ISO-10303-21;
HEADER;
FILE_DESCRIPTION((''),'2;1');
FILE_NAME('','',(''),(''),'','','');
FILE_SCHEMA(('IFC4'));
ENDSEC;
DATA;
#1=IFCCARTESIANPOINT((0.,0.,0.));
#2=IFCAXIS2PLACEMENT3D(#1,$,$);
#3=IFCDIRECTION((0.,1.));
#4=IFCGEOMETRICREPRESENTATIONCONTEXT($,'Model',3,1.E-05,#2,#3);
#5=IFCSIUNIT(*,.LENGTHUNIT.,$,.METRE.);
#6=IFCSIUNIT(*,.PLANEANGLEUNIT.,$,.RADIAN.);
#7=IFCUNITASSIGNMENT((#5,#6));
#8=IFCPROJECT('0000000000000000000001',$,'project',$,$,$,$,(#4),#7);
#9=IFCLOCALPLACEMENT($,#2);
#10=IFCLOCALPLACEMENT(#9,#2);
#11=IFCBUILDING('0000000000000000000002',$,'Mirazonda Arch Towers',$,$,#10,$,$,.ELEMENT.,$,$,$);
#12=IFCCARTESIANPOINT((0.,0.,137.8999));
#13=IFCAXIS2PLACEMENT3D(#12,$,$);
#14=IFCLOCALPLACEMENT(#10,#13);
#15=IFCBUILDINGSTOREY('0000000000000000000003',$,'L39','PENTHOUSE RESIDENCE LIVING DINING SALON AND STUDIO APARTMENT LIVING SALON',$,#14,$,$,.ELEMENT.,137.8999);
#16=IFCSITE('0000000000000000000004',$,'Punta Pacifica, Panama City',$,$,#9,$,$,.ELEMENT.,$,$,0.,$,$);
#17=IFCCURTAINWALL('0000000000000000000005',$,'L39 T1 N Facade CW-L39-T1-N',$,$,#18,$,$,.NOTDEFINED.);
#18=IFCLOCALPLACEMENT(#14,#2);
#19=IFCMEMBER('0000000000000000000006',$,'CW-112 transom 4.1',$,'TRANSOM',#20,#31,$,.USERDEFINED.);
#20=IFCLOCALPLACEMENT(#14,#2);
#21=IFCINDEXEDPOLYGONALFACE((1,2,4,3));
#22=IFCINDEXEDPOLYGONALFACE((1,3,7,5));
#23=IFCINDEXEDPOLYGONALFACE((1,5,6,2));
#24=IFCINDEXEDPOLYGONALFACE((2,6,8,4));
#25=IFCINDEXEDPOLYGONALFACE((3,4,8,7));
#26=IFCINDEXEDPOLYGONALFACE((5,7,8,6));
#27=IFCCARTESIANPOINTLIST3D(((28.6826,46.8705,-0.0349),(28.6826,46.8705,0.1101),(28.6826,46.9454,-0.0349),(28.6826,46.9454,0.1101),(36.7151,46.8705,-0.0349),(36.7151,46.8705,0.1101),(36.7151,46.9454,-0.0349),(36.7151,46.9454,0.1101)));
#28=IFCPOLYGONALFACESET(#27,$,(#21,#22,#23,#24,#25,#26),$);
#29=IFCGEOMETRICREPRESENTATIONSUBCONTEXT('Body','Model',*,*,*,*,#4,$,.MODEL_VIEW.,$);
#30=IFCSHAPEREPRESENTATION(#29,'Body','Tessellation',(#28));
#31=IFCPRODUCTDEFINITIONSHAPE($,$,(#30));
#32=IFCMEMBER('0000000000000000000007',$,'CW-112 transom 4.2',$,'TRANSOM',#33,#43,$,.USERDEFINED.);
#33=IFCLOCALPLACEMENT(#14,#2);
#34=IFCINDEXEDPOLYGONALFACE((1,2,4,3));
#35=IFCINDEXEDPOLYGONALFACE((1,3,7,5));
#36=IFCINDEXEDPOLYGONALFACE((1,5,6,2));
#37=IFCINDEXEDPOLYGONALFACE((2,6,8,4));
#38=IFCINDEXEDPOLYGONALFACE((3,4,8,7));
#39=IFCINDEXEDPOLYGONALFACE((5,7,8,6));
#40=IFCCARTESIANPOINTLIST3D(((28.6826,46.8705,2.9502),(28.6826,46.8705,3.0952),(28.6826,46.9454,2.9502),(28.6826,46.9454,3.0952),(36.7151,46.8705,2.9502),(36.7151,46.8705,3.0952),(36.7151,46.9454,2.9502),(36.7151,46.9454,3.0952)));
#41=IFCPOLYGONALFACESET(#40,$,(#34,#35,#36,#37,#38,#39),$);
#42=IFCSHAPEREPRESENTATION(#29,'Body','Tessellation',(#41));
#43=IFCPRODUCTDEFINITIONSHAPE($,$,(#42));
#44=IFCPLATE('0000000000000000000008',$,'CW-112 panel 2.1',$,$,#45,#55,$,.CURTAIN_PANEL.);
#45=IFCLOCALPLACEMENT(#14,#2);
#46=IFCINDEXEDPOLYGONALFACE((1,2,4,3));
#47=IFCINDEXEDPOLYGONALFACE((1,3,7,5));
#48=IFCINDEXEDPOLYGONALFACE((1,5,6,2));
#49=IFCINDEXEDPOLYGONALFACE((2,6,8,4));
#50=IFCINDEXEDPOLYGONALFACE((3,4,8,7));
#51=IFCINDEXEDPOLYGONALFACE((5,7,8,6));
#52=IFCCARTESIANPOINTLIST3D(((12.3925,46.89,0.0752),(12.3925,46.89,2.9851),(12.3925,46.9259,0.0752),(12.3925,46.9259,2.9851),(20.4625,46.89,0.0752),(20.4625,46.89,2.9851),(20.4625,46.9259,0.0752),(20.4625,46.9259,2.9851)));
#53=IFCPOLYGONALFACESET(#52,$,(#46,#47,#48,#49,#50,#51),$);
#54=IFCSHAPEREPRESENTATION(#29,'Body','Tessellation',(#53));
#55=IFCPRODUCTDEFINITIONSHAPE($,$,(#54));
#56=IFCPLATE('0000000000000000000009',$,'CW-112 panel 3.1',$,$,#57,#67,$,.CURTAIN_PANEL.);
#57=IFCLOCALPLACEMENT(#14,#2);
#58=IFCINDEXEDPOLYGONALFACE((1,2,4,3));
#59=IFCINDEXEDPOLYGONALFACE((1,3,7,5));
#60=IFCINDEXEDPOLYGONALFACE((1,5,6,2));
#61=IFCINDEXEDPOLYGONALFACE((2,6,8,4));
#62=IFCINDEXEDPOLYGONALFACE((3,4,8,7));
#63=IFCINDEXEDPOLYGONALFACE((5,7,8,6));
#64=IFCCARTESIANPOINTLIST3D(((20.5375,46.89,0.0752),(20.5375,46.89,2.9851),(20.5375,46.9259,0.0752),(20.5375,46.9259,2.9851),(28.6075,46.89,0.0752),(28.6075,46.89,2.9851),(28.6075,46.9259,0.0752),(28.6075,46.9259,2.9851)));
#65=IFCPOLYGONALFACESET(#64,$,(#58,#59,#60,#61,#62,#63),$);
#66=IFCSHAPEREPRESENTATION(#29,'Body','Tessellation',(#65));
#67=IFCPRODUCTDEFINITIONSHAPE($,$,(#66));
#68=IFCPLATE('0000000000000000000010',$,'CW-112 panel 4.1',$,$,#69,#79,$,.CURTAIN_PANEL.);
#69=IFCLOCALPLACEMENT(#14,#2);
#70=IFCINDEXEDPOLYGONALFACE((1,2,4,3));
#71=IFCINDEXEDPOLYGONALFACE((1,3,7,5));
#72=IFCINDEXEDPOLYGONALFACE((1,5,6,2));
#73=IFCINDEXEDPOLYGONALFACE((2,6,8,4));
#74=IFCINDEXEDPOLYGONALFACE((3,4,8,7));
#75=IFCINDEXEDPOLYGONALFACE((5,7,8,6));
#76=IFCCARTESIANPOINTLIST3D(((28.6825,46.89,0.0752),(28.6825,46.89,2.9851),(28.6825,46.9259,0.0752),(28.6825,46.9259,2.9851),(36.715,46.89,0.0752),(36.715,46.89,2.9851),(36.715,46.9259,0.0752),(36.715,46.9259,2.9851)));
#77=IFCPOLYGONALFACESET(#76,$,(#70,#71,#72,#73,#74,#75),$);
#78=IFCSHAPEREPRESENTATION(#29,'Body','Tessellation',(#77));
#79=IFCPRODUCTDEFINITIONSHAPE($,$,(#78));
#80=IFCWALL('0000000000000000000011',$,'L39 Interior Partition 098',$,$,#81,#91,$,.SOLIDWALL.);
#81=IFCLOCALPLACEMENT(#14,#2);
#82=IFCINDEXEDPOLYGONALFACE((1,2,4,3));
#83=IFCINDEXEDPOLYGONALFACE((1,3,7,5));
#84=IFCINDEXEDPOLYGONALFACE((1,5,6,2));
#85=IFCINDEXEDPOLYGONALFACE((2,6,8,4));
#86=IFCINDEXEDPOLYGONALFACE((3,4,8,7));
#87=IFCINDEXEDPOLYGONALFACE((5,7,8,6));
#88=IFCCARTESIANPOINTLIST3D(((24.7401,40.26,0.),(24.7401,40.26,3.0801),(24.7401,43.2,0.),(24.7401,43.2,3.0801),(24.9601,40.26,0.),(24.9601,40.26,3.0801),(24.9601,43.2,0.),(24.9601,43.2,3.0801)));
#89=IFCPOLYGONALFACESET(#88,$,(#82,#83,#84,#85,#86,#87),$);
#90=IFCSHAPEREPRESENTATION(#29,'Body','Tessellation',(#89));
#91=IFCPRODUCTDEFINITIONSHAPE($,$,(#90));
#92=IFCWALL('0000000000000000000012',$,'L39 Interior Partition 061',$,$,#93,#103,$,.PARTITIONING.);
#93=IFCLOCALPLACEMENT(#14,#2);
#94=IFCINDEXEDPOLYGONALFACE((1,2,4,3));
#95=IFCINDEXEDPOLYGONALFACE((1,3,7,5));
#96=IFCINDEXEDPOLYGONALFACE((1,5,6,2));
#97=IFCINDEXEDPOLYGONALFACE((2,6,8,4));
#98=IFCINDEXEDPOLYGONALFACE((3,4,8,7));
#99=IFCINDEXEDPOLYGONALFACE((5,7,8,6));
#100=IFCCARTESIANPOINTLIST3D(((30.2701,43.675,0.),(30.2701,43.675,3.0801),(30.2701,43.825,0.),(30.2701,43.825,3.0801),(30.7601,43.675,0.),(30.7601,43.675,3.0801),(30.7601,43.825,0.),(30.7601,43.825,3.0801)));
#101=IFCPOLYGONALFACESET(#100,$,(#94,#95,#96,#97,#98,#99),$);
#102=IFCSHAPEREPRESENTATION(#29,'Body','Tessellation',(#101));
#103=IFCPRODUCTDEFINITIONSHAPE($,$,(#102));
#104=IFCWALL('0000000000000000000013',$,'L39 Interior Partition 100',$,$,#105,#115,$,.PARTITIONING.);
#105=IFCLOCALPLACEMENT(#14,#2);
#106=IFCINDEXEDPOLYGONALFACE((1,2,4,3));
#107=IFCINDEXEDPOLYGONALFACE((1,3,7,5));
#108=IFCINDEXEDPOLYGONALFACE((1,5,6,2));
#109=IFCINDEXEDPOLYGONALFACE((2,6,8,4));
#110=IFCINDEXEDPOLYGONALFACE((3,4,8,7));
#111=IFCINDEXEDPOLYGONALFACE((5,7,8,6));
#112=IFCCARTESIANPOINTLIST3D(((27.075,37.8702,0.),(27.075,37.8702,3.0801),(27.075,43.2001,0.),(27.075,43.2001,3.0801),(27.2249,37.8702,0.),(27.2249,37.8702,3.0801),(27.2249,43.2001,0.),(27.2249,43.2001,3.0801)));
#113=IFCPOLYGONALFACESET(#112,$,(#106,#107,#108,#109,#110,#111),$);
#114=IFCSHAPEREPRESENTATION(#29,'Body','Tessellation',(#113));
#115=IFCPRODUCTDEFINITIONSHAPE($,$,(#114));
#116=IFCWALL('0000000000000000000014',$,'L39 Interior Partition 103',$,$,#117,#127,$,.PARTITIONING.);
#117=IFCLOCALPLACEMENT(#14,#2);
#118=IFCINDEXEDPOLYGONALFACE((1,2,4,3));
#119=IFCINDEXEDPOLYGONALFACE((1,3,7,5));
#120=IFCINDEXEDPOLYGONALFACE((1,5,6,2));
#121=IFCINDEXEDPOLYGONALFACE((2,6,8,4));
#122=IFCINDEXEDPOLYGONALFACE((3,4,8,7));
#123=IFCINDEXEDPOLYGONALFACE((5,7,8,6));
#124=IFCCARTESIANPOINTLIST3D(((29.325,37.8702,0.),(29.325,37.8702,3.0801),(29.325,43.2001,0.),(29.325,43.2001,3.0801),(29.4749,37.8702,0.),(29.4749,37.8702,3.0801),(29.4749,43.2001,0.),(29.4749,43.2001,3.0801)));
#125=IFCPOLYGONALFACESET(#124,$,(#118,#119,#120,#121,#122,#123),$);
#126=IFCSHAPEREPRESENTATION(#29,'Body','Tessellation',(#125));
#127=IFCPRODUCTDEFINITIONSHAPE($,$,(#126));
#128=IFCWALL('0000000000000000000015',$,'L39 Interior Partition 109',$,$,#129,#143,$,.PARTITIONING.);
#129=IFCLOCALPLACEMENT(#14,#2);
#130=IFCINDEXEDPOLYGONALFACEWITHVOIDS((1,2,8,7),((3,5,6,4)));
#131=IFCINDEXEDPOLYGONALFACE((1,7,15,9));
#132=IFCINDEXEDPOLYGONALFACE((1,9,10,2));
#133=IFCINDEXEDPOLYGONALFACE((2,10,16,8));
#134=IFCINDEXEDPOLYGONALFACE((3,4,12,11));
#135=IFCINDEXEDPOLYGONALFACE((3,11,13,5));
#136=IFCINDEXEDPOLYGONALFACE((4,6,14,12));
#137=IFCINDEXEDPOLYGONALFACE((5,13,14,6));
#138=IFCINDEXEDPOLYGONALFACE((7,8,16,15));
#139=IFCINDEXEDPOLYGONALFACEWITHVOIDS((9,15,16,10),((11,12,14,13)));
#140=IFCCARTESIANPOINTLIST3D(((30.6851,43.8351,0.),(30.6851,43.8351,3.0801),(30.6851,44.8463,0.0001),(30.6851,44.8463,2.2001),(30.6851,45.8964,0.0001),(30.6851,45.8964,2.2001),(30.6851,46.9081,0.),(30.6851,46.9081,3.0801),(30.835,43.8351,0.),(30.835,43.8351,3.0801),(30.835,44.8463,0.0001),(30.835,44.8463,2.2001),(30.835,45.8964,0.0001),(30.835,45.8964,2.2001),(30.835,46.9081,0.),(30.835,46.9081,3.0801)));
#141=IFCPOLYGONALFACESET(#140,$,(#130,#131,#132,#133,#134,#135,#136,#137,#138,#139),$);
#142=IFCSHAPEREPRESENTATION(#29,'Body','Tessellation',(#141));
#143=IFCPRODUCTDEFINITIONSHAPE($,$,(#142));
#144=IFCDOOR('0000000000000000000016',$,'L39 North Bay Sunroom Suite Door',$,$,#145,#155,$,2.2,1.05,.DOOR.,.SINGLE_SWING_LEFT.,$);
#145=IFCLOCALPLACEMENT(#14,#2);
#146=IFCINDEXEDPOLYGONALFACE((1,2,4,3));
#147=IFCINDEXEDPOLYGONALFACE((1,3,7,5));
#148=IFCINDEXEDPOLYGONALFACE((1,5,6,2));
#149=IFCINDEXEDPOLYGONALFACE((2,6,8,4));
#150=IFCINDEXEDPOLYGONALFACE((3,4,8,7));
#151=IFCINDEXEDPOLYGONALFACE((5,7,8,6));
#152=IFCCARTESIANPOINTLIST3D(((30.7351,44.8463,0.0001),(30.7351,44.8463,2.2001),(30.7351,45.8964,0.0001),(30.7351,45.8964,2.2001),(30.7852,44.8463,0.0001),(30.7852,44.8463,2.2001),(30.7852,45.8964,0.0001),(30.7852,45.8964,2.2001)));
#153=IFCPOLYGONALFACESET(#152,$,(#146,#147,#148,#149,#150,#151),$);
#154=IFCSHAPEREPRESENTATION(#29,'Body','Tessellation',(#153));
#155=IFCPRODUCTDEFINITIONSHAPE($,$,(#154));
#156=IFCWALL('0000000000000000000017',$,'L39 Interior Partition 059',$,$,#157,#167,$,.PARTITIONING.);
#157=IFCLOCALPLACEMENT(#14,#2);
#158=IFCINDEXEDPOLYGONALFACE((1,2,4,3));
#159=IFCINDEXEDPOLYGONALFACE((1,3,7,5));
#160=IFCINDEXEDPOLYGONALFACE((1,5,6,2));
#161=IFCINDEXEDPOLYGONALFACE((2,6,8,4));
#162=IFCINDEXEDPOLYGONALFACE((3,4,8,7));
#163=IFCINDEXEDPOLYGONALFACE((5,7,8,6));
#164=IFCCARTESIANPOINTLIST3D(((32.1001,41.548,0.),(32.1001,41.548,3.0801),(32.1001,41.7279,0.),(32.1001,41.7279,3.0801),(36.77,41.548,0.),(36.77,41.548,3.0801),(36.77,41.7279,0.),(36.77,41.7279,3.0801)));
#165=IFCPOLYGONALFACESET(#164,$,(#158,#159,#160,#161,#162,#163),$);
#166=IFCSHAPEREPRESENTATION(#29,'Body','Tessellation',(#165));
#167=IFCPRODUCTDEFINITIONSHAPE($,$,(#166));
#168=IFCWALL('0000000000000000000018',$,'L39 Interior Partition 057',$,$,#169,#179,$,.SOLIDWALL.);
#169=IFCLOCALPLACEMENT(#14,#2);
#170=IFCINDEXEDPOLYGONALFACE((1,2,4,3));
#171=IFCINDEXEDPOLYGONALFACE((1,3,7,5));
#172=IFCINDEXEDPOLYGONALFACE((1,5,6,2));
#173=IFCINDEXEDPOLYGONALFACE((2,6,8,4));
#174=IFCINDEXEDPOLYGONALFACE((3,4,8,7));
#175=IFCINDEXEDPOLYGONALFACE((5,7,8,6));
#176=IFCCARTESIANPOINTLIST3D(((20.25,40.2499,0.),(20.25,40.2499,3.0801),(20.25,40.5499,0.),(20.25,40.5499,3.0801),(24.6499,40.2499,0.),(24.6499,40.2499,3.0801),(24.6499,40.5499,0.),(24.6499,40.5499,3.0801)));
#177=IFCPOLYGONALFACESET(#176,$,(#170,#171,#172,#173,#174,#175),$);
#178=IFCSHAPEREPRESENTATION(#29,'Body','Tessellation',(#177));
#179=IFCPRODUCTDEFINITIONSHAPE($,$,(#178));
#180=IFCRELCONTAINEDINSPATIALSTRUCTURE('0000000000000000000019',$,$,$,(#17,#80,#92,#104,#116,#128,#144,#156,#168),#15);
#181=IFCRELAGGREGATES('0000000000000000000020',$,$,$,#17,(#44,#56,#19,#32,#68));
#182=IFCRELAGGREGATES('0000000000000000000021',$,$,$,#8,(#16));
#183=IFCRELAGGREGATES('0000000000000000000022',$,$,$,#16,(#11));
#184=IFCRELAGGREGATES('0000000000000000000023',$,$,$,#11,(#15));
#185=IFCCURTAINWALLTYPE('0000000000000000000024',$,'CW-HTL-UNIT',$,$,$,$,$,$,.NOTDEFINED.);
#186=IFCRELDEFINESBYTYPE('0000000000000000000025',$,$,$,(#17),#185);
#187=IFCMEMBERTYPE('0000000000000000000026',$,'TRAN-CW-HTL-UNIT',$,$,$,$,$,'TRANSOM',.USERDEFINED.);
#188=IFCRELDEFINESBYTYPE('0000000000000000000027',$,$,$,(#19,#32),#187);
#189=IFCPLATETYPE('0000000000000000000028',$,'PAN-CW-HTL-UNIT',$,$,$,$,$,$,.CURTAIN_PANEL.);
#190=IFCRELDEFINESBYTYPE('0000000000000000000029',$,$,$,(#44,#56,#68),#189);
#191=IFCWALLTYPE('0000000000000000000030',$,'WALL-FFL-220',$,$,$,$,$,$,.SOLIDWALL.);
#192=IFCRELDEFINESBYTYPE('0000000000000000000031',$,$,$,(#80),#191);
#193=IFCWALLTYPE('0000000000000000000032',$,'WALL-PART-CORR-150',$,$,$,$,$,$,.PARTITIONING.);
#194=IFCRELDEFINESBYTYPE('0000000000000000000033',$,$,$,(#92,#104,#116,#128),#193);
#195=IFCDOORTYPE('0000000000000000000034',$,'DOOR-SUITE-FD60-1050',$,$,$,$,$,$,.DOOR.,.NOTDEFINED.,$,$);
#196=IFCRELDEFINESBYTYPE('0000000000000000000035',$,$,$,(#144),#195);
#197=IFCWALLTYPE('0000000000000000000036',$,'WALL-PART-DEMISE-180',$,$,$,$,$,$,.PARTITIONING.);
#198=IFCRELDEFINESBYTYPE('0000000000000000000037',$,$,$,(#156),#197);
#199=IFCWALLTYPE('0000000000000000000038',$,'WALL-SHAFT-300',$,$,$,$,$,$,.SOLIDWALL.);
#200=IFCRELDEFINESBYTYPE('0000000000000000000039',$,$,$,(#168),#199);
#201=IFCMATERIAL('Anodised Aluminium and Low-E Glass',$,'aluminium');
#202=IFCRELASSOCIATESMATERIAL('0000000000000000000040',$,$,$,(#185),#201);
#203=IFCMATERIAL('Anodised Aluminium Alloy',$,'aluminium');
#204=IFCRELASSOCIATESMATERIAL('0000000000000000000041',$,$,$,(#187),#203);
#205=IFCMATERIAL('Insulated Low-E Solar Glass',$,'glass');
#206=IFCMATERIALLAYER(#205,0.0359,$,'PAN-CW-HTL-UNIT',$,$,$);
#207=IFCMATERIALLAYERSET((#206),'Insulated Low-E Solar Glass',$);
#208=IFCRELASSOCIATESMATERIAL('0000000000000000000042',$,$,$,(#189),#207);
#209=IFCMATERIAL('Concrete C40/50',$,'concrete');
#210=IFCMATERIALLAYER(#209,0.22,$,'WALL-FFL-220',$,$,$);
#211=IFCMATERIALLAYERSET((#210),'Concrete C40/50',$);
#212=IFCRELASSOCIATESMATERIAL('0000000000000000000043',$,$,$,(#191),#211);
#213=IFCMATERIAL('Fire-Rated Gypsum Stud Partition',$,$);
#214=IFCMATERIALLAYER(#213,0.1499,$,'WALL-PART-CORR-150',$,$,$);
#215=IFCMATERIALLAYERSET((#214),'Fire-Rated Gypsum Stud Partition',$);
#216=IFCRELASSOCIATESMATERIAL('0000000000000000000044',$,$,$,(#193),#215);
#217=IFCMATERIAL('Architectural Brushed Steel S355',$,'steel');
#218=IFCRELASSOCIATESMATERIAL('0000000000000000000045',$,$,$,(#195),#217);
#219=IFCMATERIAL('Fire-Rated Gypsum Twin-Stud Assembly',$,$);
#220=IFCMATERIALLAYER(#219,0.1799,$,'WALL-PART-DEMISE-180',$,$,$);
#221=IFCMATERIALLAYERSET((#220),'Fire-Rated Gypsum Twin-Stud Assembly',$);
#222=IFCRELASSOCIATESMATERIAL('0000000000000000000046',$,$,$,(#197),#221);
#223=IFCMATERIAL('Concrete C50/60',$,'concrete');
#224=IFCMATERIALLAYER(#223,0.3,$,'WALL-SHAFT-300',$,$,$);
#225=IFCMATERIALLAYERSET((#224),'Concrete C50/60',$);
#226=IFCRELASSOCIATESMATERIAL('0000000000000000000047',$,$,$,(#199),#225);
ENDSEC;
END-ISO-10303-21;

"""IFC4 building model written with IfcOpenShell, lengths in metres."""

from ifc_helpers import new_model, si_unit, direction, frame, frame_2d, origin, origin_2d, place, context, subcontext, project, spatial, rectangle, extrude, material, layer, layer_set, material_profile, profile_set, type_object, element, fill, aggregate, save


model = new_model("IFC4")

# Units and contexts
model_context = context("Model", 3, precision=1e-05, world=origin(), true_north=direction((0.0, 1.0)))
body_context = subcontext(model_context, "Body", "Model", "MODEL_VIEW")
ifc_project = project(units=[si_unit("LENGTHUNIT", "METRE"), si_unit("PLANEANGLEUNIT", "RADIAN")], contexts=[model_context])

# Site, building, storey
site_placement = place(None, origin())
site = spatial("IfcSite", under=ifc_project, at=site_placement, Name="Punta Pacifica, Panama City", CompositionType="ELEMENT", RefElevation=0.0)
building_placement = place(site_placement, origin())
building = spatial("IfcBuilding", under=site, at=building_placement, Name="Mirazonda Arch Towers", CompositionType="ELEMENT")
storey_placement = place(building_placement, frame((0.0, 0.0, 137.8999)))
storey = spatial("IfcBuildingStorey", under=building, at=storey_placement, Name="L39", Description="PENTHOUSE RESIDENCE LIVING DINING SALON AND STUDIO APARTMENT LIVING SALON", CompositionType="ELEMENT", Elevation=137.8999)

# Shared definitions
ifc_material_1 = material(Name="Concrete C50/60", Category="concrete")

# Curtain wall, members, plates
ifc_material_2 = material(Name="Anodised Aluminium and Low-E Glass", Category="aluminium")
curtain_wall_type = type_object("IfcCurtainWallType", Name="CW-HTL-UNIT", PredefinedType="NOTDEFINED", material=ifc_material_2)
curtain_wall_placement = place(storey_placement, origin())
curtain_wall = element("IfcCurtainWall", 1, at=curtain_wall_placement, inside=storey, type_object=curtain_wall_type, Name="L39 T1 N Facade CW-L39-T1-N", PredefinedType="NOTDEFINED")
ifc_material_3 = material(Name="Anodised Aluminium Alloy", Category="aluminium")
ifc_material_profile_1 = material_profile(ifc_material_3, rectangle(XDim=0.075, YDim=0.145, at=origin_2d()), Name="ALU-TRAN-75x145")
ifc_profile_set_1 = profile_set([ifc_material_profile_1], Name="Anodised Aluminium Alloy")
member_type_1 = type_object("IfcMemberType", Name="TRAN-CW-HTL-UNIT", ElementType="TRANSOM", PredefinedType="USERDEFINED", material=ifc_profile_set_1)
member_1_placement = place(storey_placement, frame((28.6826, 46.908, 0.0376), z_axis=(1.0, 0.0, 0.0), x_axis=(0.0, 1.0, 0.0)))
member_1 = element("IfcMember", 2, at=member_1_placement, type_object=member_type_1, Name="CW-112 transom 4.1", ObjectType="TRANSOM", PredefinedType="USERDEFINED", context=body_context, shape_type="SweptSolid", body=[
    extrude(rectangle(XDim=0.075, YDim=0.145, at=origin_2d()), origin(), (0.0, 0.0, 1.0), 8.0325),
])
member_2_placement = place(storey_placement, frame((28.6826, 46.908, 3.0227), z_axis=(1.0, 0.0, 0.0), x_axis=(0.0, 1.0, 0.0)))
member_2 = element("IfcMember", 3, at=member_2_placement, type_object=member_type_1, Name="CW-112 transom 4.2", ObjectType="TRANSOM", PredefinedType="USERDEFINED", context=body_context, shape_type="SweptSolid", body=[
    extrude(rectangle(XDim=0.075, YDim=0.145, at=origin_2d()), origin(), (0.0, 0.0, 1.0), 8.0325),
])
ifc_material_4 = material(Name="Insulated Low-E Solar Glass", Category="glass")
ifc_layer_1 = layer(ifc_material_4, 0.0359, Name="PAN-CW-HTL-UNIT")
ifc_layer_set_1 = layer_set([ifc_layer_1], Name="Insulated Low-E Solar Glass")
plate_type = type_object("IfcPlateType", Name="PAN-CW-HTL-UNIT", PredefinedType="CURTAIN_PANEL", material=ifc_layer_set_1)
plate_1_placement = place(storey_placement, frame((16.4275, 46.908, 0.0752), z_axis=(0.0, 0.0, 1.0), x_axis=(1.0, 0.0, 0.0)))
plate_1 = element("IfcPlate", 4, at=plate_1_placement, type_object=plate_type, Name="CW-112 panel 2.1", PredefinedType="CURTAIN_PANEL", context=body_context, shape_type="SweptSolid", body=[
    extrude(rectangle(XDim=8.0701, YDim=0.0359, at=origin_2d()), origin(), (0.0, 0.0, 1.0), 2.9099),
])
plate_2_placement = place(storey_placement, frame((24.5725, 46.908, 0.0752), z_axis=(0.0, 0.0, 1.0), x_axis=(1.0, 0.0, 0.0)))
plate_2 = element("IfcPlate", 5, at=plate_2_placement, type_object=plate_type, Name="CW-112 panel 3.1", PredefinedType="CURTAIN_PANEL", context=body_context, shape_type="SweptSolid", body=[
    extrude(rectangle(XDim=8.0701, YDim=0.0359, at=origin_2d()), origin(), (0.0, 0.0, 1.0), 2.9099),
])
plate_3_placement = place(storey_placement, frame((32.6987, 46.908, 0.0752), z_axis=(0.0, 0.0, 1.0), x_axis=(1.0, 0.0, 0.0)))
plate_3 = element("IfcPlate", 6, at=plate_3_placement, type_object=plate_type, Name="CW-112 panel 4.1", PredefinedType="CURTAIN_PANEL", context=body_context, shape_type="SweptSolid", body=[
    extrude(rectangle(XDim=8.0325, YDim=0.0359, at=origin_2d()), origin(), (0.0, 0.0, 1.0), 2.9099),
])
aggregate(curtain_wall, [plate_1, plate_2, member_1, member_2, plate_3])

# Walls
ifc_material_5 = material(Name="Concrete C40/50", Category="concrete")
ifc_layer_2 = layer(ifc_material_5, 0.22, Name="WALL-FFL-220")
ifc_layer_set_2 = layer_set([ifc_layer_2], Name="Concrete C40/50")
wall_type_1 = type_object("IfcWallType", Name="WALL-FFL-220", PredefinedType="SOLIDWALL", material=ifc_layer_set_2)
wall_1_placement = place(storey_placement, frame((24.8501, 40.26, 0.0), z_axis=(0.0, 0.0, 1.0), x_axis=(0.0, 1.0, 0.0)))
element("IfcWall", 7, at=wall_1_placement, inside=storey, type_object=wall_type_1, Name="L39 Interior Partition 098", PredefinedType="SOLIDWALL", context=body_context, shape_type="SweptSolid", body=[
    extrude(rectangle(XDim=2.9399, YDim=0.22, at=frame_2d((1.47, 0.0))), origin(), (0.0, 0.0, 1.0), 3.0801),
])
ifc_material_6 = material(Name="Fire-Rated Gypsum Stud Partition")
ifc_layer_3 = layer(ifc_material_6, 0.1499, Name="WALL-PART-CORR-150")
ifc_layer_set_3 = layer_set([ifc_layer_3], Name="Fire-Rated Gypsum Stud Partition")
wall_type_2 = type_object("IfcWallType", Name="WALL-PART-CORR-150", PredefinedType="PARTITIONING", material=ifc_layer_set_3)
wall_2_placement = place(storey_placement, frame((30.27, 43.75, 0.0), z_axis=(0.0, 0.0, 1.0), x_axis=(1.0, 0.0, 0.0)))
element("IfcWall", 8, at=wall_2_placement, inside=storey, type_object=wall_type_2, Name="L39 Interior Partition 061", PredefinedType="PARTITIONING", context=body_context, shape_type="SweptSolid", body=[
    extrude(rectangle(XDim=0.49, YDim=0.1499, at=frame_2d((0.2451, 0.0))), origin(), (0.0, 0.0, 1.0), 3.0801),
])
for number, where, z_axis, x_axis, name in (
    (9, (27.1499, 37.8701, 0.0), (0.0, 0.0, 1.0), (0.0, 1.0, 0.0), "L39 Interior Partition 100"),
    (10, (29.3999, 37.8701, 0.0), (0.0, 0.0, 1.0), (0.0, 1.0, 0.0), "L39 Interior Partition 103"),
):
    element("IfcWall", number, at=place(storey_placement, frame(where, z_axis=z_axis, x_axis=x_axis)), inside=storey, type_object=wall_type_2, Name=name, PredefinedType="PARTITIONING", context=body_context, shape_type="SweptSolid", body=[
        extrude(rectangle(XDim=5.3298, YDim=0.1499, at=frame_2d((2.665, 0.0))), origin(), (0.0, 0.0, 1.0), 3.0801),
    ])

# Wall, opening, door
wall_3_placement = place(storey_placement, frame((30.76, 43.835, 0.0), z_axis=(0.0, 0.0, 1.0), x_axis=(0.0, 1.0, 0.0)))
wall_3 = element("IfcWall", 11, at=wall_3_placement, inside=storey, type_object=wall_type_2, Name="L39 Interior Partition 109", PredefinedType="PARTITIONING", context=body_context, shape_type="SweptSolid", body=[
    extrude(rectangle(XDim=3.073, YDim=0.1499, at=frame_2d((1.5366, 0.0))), origin(), (0.0, 0.0, 1.0), 3.0801),
])
opening_1_placement = place(wall_3_placement, frame((1.0115, 0.0, 0.0)))
opening_1 = element("IfcOpeningElement", 12, at=opening_1_placement, cuts=wall_3, PredefinedType="OPENING", context=body_context, shape_type="SweptSolid", body=[
    extrude(rectangle(XDim=1.05, YDim=2.2, at=frame_2d((0.5249, 1.1001))), frame((0.0, 0.085, 0.0), z_axis=(0.0, -1.0, 0.0), x_axis=(1.0, 0.0, 0.0)), (0.0, 0.0, 1.0), 0.1699),
])
ifc_material_7 = material(Name="Architectural Brushed Steel S355", Category="steel")
door_type_1 = type_object("IfcDoorType", Name="DOOR-SUITE-FD60-1050", OperationType="NOTDEFINED", PredefinedType="DOOR", material=ifc_material_7)
door_1_placement = place(opening_1_placement, origin())
door_1 = element("IfcDoor", 13, at=door_1_placement, inside=storey, type_object=door_type_1, Name="L39 North Bay Sunroom Suite Door", OperationType="SINGLE_SWING_LEFT", OverallHeight=2.2, OverallWidth=1.05, PredefinedType="DOOR", context=body_context, shape_type="SweptSolid", body=[
    extrude(rectangle(XDim=1.05, YDim=2.2, at=frame_2d((0.5249, 1.1001))), frame((0.0, 0.0249, 0.0), z_axis=(0.0, -1.0, 0.0), x_axis=(1.0, 0.0, 0.0)), (0.0, 0.0, 1.0), 0.05),
])
fill(opening_1, door_1)

# Wall
ifc_material_8 = material(Name="Fire-Rated Gypsum Twin-Stud Assembly")
ifc_layer_4 = layer(ifc_material_8, 0.1799, Name="WALL-PART-DEMISE-180")
ifc_layer_set_4 = layer_set([ifc_layer_4], Name="Fire-Rated Gypsum Twin-Stud Assembly")
wall_type_3 = type_object("IfcWallType", Name="WALL-PART-DEMISE-180", PredefinedType="PARTITIONING", material=ifc_layer_set_4)
wall_4_placement = place(storey_placement, frame((32.1001, 41.6379, 0.0), z_axis=(0.0, 0.0, 1.0), x_axis=(1.0, 0.0, 0.0)))
element("IfcWall", 14, at=wall_4_placement, inside=storey, type_object=wall_type_3, Name="L39 Interior Partition 059", PredefinedType="PARTITIONING", context=body_context, shape_type="SweptSolid", body=[
    extrude(rectangle(XDim=4.6699, YDim=0.1799, at=frame_2d((2.335, 0.0))), origin(), (0.0, 0.0, 1.0), 3.0801),
])

# Wall
ifc_layer_5 = layer(ifc_material_1, 0.3, Name="WALL-SHAFT-300")
ifc_layer_set_5 = layer_set([ifc_layer_5], Name="Concrete C50/60")
wall_type_4 = type_object("IfcWallType", Name="WALL-SHAFT-300", PredefinedType="SOLIDWALL", material=ifc_layer_set_5)
wall_5_placement = place(storey_placement, frame((20.25, 40.3999, 0.0), z_axis=(0.0, 0.0, 1.0), x_axis=(1.0, 0.0, 0.0)))
element("IfcWall", 15, at=wall_5_placement, inside=storey, type_object=wall_type_4, Name="L39 Interior Partition 057", PredefinedType="SOLIDWALL", context=body_context, shape_type="SweptSolid", body=[
    extrude(rectangle(XDim=4.3999, YDim=0.3, at=frame_2d((2.2, 0.0))), origin(), (0.0, 0.0, 1.0), 3.0801),
])

save(model, "model.ifc")
